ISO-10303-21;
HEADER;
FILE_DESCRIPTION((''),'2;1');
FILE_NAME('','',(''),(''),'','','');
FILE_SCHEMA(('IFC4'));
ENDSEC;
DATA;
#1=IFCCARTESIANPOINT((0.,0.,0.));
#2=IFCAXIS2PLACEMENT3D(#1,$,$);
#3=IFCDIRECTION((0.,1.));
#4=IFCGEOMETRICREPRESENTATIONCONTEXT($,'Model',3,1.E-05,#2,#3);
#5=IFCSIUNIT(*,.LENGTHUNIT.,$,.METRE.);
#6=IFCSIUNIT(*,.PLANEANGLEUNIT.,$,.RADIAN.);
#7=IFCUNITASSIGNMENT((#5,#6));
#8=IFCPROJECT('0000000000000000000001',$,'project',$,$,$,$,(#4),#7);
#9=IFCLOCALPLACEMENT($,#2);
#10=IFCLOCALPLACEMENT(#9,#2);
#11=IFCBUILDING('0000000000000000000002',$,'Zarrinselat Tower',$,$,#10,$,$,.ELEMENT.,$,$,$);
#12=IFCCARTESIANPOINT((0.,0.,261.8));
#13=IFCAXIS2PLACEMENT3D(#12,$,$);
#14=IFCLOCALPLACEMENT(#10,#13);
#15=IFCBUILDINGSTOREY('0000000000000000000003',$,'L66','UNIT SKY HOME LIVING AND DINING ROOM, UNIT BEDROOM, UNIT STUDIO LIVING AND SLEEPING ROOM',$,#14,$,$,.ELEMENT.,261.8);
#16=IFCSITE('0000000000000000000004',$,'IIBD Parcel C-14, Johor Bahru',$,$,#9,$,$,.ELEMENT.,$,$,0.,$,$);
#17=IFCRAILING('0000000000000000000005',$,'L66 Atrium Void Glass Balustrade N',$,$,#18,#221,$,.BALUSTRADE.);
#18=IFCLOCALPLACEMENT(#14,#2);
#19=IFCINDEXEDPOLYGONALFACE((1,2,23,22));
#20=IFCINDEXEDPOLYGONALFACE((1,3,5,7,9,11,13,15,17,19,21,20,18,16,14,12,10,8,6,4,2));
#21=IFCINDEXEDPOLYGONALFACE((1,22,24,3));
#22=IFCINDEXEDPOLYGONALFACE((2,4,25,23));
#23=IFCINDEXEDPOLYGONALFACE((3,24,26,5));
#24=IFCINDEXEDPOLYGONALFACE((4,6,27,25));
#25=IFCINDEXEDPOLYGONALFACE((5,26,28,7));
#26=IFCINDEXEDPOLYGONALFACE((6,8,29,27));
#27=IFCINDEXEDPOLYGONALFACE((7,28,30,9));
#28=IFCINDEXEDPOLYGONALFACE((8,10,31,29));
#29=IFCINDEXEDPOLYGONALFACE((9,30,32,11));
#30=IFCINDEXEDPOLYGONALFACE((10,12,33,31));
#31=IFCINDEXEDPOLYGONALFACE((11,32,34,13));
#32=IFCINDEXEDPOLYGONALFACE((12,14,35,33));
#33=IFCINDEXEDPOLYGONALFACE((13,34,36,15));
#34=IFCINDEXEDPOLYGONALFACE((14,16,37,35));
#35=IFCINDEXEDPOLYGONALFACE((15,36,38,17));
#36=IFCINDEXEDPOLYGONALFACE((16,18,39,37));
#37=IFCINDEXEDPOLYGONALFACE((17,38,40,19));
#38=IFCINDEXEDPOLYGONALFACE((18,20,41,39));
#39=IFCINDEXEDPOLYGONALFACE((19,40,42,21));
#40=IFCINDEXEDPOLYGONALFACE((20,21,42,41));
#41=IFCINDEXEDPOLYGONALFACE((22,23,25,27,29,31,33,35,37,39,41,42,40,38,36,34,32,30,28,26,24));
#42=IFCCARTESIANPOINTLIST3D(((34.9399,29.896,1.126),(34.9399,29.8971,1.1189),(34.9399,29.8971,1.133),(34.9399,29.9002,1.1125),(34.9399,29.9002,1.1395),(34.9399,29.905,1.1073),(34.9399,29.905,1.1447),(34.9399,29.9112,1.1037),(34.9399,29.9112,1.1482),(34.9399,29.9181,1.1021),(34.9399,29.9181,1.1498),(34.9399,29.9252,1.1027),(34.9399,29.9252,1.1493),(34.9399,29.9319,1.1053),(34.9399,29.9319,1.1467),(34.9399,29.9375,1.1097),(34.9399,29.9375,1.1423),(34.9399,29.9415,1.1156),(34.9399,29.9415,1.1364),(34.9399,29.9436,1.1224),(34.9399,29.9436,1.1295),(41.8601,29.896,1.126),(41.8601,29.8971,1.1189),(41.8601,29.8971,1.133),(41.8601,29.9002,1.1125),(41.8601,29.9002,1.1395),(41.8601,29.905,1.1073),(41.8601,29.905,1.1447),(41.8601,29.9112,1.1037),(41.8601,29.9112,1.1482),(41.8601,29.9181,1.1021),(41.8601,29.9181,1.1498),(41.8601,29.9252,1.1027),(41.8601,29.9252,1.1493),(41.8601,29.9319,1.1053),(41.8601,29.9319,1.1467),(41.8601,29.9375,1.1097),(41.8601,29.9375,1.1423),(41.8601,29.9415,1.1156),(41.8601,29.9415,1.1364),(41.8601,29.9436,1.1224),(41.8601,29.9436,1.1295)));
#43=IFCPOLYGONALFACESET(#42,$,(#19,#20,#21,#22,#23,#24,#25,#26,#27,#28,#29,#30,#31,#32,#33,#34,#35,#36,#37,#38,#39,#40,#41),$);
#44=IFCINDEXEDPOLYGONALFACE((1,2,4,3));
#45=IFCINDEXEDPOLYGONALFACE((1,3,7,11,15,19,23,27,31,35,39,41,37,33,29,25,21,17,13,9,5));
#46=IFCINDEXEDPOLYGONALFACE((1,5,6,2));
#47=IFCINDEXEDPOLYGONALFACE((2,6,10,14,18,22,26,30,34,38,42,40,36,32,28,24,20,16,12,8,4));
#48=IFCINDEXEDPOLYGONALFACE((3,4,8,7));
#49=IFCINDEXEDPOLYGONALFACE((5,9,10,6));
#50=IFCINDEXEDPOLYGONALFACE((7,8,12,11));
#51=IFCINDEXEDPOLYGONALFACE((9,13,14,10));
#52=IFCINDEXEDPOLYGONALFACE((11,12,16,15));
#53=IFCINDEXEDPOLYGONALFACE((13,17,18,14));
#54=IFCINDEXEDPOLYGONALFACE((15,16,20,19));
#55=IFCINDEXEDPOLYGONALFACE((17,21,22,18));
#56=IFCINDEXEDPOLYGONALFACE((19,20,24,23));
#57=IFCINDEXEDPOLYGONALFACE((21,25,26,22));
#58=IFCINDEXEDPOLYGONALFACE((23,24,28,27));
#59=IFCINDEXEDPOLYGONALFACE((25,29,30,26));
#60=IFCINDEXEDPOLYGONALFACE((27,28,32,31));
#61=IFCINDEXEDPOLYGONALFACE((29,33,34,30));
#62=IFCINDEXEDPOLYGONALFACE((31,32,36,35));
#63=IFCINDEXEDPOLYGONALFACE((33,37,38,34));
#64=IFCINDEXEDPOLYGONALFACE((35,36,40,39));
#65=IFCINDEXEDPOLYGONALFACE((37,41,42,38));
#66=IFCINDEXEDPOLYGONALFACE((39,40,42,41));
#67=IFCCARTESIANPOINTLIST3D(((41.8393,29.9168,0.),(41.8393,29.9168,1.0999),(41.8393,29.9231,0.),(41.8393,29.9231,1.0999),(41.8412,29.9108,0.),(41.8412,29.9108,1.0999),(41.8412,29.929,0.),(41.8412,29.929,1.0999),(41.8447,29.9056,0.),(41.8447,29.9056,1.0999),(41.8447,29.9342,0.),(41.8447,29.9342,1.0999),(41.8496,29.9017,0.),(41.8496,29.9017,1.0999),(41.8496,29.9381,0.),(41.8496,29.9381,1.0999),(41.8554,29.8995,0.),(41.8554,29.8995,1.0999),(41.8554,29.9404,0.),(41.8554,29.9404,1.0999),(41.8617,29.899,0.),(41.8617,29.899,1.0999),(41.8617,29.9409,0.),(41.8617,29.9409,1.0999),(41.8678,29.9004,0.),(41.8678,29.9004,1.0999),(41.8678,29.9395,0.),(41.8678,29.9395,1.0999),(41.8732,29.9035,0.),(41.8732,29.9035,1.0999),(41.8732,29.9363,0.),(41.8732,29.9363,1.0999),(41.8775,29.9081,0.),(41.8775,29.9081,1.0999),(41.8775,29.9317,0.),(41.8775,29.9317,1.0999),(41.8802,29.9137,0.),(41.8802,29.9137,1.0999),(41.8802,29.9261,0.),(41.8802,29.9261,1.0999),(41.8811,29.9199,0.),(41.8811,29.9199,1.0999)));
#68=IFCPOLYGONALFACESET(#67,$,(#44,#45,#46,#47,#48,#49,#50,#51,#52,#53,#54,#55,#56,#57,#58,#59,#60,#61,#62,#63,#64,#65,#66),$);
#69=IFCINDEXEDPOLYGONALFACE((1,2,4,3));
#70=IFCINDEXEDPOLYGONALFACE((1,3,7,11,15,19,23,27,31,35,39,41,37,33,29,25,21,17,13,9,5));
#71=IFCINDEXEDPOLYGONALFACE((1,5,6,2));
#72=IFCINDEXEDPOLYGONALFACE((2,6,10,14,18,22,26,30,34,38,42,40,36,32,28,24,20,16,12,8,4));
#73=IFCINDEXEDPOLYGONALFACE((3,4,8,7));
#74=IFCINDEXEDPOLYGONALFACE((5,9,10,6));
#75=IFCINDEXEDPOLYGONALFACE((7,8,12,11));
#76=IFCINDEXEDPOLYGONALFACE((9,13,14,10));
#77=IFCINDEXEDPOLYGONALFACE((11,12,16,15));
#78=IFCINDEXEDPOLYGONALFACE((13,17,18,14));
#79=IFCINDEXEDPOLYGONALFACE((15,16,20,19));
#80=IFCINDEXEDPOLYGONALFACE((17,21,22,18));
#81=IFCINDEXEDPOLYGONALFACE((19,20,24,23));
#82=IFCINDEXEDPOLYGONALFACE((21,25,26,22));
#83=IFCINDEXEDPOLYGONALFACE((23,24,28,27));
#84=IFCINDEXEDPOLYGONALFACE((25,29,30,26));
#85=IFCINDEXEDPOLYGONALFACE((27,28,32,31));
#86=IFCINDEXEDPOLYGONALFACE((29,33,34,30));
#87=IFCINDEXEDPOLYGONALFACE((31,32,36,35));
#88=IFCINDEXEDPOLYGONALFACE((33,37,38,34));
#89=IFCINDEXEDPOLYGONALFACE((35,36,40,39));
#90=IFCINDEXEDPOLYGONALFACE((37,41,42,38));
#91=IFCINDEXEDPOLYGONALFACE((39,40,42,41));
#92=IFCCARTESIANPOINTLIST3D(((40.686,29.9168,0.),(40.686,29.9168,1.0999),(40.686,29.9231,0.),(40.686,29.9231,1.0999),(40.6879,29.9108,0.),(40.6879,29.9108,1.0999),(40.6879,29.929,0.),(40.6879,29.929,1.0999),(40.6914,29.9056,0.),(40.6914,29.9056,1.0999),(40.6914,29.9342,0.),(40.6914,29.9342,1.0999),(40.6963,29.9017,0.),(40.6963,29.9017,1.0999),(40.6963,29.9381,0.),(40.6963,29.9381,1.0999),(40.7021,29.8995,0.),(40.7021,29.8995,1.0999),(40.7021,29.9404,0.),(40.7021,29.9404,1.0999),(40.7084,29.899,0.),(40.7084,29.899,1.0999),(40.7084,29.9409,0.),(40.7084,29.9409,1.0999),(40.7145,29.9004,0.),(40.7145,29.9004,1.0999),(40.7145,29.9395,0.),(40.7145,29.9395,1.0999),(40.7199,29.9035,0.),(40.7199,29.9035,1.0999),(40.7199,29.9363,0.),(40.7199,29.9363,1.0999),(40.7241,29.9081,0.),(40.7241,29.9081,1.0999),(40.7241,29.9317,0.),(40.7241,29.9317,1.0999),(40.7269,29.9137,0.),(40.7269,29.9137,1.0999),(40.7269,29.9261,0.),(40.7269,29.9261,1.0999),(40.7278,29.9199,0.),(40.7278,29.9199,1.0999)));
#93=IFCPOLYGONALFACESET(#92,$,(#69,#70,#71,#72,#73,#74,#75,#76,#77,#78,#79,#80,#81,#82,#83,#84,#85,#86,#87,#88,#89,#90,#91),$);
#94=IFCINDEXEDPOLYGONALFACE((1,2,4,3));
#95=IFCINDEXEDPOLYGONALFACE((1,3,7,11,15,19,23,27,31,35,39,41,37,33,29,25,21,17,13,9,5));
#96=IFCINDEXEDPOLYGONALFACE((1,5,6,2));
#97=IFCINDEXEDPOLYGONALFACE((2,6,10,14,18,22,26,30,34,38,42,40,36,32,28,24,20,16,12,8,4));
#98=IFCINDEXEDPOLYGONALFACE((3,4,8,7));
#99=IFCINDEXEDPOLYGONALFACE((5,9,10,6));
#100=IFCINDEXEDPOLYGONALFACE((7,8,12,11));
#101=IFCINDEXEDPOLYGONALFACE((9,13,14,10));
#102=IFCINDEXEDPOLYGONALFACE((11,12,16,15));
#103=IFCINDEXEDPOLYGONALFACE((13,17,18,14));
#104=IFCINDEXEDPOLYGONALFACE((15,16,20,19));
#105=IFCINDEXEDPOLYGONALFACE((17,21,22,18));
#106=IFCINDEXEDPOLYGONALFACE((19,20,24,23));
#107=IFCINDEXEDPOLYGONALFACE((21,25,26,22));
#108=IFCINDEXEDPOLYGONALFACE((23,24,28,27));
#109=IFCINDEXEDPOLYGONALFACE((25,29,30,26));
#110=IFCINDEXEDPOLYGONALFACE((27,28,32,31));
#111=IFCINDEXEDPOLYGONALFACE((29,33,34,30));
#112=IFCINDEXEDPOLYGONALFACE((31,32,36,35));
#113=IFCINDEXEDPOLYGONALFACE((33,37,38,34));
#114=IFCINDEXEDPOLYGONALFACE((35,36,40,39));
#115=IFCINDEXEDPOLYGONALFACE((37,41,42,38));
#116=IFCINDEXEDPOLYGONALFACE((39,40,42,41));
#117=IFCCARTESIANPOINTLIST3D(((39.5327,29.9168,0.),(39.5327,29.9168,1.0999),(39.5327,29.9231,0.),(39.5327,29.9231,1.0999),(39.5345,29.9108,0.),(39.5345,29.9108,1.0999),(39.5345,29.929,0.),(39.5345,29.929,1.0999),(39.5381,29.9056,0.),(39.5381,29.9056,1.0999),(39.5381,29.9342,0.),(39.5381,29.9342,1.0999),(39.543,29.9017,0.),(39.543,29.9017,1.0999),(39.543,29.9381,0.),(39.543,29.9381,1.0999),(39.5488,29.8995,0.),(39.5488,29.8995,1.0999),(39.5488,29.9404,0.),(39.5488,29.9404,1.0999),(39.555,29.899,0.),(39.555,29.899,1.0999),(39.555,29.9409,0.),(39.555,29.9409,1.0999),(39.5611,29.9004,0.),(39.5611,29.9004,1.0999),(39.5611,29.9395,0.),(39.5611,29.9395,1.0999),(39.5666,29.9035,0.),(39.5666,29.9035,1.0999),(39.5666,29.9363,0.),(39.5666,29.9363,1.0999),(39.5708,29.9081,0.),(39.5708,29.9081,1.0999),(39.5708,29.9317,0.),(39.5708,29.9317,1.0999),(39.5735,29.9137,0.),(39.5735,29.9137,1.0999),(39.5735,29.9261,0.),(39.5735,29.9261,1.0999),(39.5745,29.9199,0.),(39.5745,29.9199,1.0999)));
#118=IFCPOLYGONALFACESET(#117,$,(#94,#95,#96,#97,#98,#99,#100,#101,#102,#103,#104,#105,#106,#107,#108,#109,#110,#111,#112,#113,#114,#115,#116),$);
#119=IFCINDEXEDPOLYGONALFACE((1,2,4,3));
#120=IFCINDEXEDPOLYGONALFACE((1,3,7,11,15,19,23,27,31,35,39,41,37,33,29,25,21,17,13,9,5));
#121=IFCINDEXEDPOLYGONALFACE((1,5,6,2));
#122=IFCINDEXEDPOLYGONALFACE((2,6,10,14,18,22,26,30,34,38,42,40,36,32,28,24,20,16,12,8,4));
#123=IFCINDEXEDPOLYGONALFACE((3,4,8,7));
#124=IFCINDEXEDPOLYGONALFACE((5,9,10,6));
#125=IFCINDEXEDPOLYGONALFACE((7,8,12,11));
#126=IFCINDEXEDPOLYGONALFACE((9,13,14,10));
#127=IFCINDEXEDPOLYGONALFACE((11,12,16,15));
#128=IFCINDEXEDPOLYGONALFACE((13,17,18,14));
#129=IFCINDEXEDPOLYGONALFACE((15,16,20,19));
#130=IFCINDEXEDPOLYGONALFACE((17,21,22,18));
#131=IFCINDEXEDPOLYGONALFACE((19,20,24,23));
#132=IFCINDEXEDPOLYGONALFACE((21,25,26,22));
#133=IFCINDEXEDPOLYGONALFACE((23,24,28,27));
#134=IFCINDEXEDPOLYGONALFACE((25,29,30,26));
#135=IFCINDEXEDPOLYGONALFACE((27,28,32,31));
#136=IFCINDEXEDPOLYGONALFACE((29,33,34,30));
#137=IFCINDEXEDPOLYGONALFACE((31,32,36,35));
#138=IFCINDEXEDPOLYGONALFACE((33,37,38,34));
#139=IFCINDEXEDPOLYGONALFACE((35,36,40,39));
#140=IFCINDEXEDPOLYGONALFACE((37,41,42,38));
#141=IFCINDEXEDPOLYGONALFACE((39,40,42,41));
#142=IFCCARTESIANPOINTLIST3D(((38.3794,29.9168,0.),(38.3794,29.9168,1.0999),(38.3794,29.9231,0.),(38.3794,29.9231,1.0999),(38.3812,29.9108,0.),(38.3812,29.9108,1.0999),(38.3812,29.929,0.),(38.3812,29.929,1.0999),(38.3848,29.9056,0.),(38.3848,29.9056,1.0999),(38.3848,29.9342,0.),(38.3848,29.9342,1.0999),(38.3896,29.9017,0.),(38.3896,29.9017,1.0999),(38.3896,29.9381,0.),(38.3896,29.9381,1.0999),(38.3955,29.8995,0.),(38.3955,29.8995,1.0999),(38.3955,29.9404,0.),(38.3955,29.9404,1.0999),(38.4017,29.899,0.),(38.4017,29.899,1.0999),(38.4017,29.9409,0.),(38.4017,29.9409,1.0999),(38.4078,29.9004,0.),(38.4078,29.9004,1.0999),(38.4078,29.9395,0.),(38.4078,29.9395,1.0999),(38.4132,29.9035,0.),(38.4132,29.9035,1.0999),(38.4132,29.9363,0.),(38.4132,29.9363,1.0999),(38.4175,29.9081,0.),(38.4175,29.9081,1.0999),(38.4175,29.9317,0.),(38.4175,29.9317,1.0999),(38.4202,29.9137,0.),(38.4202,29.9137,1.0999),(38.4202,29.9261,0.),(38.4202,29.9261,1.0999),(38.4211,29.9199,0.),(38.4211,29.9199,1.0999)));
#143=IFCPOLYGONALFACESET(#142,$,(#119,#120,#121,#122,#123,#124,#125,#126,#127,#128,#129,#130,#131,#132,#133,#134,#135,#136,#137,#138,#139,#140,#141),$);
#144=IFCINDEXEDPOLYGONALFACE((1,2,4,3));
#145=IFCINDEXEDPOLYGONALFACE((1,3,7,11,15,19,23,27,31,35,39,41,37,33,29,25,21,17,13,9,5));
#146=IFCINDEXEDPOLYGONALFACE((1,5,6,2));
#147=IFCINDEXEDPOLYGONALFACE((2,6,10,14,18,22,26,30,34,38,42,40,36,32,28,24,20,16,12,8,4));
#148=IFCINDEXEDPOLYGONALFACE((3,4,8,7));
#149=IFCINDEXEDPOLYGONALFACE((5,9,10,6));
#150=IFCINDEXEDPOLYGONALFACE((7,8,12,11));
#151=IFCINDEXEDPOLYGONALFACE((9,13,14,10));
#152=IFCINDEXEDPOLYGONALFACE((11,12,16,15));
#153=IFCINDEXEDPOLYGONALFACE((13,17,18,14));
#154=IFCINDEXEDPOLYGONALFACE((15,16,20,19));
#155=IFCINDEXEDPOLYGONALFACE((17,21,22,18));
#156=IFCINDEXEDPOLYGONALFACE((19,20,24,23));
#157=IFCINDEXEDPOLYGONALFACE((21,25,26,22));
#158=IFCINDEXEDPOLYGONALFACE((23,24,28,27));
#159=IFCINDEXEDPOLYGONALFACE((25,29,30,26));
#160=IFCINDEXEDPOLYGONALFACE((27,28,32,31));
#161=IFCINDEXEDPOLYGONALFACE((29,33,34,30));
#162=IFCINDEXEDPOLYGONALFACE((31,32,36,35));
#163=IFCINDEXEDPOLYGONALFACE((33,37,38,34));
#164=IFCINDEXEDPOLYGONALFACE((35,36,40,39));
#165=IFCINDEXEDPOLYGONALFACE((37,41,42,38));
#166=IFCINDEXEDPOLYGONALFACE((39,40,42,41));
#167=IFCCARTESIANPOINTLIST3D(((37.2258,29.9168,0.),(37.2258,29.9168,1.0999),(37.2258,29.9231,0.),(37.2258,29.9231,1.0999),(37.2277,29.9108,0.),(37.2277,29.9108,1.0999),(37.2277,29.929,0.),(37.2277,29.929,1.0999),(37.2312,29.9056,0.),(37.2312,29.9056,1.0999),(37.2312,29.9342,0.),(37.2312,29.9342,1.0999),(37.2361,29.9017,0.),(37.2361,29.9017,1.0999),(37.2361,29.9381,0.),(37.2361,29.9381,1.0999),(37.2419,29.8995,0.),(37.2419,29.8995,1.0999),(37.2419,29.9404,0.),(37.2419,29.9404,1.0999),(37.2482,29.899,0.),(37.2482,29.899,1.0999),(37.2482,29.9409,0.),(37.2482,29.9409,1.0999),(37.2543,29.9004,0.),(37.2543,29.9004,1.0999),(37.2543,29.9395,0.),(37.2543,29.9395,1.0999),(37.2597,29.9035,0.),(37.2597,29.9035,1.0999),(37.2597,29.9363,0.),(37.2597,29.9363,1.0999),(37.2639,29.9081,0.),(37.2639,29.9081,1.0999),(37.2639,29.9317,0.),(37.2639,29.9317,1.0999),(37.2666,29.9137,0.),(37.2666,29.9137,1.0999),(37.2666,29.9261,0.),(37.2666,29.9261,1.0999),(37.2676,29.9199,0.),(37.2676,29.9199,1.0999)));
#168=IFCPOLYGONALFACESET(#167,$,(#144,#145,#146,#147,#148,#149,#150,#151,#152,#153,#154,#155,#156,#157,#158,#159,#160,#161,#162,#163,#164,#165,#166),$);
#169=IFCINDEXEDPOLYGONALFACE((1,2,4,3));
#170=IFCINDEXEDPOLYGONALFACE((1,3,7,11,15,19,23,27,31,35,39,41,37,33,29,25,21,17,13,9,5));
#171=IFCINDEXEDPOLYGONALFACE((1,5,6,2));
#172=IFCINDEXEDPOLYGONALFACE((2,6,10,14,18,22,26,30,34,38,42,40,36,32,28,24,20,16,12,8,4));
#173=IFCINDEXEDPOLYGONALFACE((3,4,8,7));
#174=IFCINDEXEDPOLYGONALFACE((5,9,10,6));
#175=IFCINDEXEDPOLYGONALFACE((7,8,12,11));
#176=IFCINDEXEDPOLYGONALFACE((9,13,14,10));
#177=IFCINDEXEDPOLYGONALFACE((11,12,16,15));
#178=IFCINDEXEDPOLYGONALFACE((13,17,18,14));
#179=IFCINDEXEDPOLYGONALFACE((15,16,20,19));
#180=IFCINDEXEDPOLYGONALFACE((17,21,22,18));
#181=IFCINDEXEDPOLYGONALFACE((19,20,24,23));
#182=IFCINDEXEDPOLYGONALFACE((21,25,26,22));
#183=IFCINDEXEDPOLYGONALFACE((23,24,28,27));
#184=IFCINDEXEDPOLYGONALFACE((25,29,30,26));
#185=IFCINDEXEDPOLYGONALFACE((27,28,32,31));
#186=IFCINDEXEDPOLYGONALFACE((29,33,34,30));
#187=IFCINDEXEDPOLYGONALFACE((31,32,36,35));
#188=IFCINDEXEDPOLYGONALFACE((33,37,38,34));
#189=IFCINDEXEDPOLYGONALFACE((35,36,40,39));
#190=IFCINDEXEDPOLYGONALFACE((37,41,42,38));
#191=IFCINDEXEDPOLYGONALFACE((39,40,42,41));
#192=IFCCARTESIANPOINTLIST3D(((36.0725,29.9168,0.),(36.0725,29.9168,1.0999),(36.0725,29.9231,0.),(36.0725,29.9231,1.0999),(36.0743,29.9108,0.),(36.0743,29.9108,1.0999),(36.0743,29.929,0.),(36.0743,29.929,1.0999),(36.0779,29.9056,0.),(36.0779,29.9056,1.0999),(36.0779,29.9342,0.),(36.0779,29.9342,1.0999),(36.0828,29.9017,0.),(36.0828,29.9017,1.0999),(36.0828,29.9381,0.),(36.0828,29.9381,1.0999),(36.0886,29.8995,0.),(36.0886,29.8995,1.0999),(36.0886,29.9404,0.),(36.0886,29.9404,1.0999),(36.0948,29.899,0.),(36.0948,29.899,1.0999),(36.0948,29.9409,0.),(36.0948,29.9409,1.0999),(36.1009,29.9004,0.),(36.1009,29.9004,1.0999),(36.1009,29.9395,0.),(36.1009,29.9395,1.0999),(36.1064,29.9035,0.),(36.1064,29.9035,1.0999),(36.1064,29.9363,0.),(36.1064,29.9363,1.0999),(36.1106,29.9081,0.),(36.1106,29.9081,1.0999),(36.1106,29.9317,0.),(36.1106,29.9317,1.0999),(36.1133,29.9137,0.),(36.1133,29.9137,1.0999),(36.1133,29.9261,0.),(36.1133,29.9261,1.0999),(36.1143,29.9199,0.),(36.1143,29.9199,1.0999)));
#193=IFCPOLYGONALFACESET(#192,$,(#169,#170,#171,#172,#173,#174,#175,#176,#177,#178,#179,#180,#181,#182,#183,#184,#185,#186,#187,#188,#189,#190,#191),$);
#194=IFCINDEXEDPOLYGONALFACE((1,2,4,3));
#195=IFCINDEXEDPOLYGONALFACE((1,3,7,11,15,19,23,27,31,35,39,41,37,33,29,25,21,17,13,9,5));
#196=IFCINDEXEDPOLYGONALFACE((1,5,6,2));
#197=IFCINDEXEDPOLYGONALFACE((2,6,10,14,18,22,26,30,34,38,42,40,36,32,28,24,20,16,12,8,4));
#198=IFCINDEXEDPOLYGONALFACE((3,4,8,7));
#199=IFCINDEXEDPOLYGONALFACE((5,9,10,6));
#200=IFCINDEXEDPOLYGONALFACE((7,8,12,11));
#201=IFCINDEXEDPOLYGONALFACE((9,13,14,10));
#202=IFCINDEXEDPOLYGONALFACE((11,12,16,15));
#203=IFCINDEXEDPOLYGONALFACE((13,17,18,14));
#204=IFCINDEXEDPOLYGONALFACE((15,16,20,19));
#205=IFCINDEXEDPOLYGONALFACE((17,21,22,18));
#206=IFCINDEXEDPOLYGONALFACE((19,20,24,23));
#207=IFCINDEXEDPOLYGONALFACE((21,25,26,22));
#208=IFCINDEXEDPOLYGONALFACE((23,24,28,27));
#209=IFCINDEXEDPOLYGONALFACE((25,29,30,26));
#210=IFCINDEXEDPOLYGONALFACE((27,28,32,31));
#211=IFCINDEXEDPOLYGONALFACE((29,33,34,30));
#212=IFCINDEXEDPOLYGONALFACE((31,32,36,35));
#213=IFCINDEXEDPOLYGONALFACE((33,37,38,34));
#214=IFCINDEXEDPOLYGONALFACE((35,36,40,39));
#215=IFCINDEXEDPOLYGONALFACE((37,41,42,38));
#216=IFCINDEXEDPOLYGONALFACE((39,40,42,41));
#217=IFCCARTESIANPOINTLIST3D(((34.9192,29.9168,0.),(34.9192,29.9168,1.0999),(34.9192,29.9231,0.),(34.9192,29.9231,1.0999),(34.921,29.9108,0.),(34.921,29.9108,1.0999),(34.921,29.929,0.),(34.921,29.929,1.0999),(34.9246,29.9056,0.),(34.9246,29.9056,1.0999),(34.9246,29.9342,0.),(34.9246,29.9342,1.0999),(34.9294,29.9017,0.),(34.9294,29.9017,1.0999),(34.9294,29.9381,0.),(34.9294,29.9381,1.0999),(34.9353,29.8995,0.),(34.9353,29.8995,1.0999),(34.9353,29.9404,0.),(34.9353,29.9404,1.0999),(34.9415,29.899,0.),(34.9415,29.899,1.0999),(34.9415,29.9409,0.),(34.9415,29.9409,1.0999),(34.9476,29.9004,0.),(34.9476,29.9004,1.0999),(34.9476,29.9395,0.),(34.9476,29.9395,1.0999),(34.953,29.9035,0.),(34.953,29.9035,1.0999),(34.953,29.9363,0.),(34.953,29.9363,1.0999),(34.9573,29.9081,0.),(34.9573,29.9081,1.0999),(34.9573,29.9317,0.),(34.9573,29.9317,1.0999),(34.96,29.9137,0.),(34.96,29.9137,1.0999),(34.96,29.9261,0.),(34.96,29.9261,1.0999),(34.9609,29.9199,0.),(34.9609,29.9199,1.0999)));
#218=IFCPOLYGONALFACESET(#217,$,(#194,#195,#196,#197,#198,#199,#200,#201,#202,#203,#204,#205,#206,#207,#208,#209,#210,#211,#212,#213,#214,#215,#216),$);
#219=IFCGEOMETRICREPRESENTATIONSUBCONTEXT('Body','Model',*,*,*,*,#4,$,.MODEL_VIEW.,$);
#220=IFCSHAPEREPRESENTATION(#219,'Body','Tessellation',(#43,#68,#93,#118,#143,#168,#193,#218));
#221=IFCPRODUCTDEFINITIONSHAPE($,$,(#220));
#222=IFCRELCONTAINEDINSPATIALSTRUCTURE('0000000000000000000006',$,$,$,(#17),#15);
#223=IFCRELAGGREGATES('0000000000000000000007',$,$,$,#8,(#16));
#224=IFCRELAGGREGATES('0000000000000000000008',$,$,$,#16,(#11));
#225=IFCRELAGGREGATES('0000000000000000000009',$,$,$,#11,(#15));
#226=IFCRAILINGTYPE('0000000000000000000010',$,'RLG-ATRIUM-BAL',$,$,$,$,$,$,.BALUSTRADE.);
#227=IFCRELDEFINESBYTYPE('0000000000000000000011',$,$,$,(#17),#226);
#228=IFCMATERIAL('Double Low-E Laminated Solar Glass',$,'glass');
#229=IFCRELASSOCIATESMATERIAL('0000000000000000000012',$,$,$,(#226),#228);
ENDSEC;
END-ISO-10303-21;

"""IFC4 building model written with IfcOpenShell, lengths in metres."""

from ifc_helpers import new_model, si_unit, direction, frame, origin, origin_2d, place, context, subcontext, project, spatial, circle, extrude, material, type_object, element, save


model = new_model("IFC4")

# Units and contexts
model_context = context("Model", 3, precision=1e-05, world=origin(), true_north=direction((0.0, 1.0)))
body_context = subcontext(model_context, "Body", "Model", "MODEL_VIEW")
ifc_project = project(units=[si_unit("LENGTHUNIT", "METRE"), si_unit("PLANEANGLEUNIT", "RADIAN")], contexts=[model_context])

# Site, building, storey
site_placement = place(None, origin())
site = spatial("IfcSite", under=ifc_project, at=site_placement, Name="IIBD Parcel C-14, Johor Bahru", CompositionType="ELEMENT", RefElevation=0.0)
building_placement = place(site_placement, origin())
building = spatial("IfcBuilding", under=site, at=building_placement, Name="Zarrinselat Tower", CompositionType="ELEMENT")
storey_placement = place(building_placement, frame((0.0, 0.0, 261.8)))
storey = spatial("IfcBuildingStorey", under=building, at=storey_placement, Name="L66", Description="UNIT SKY HOME LIVING AND DINING ROOM, UNIT BEDROOM, UNIT STUDIO LIVING AND SLEEPING ROOM", CompositionType="ELEMENT", Elevation=261.8)

# Railing
ifc_material_1 = material(Name="Double Low-E Laminated Solar Glass", Category="glass")
railing_type = type_object("IfcRailingType", Name="RLG-ATRIUM-BAL", PredefinedType="BALUSTRADE", material=ifc_material_1)
railing_1_placement = place(storey_placement, frame((41.8601, 29.9199, 0.0)))
element("IfcRailing", 1, at=railing_1_placement, inside=storey, type_object=railing_type, Name="L66 Atrium Void Glass Balustrade N", PredefinedType="BALUSTRADE", context=body_context, shape_type="SweptSolid", body=[
    extrude(circle(Radius=0.0239, at=origin_2d()), frame((0.0, 0.0, 1.126), z_axis=(-1.0, 0.0, 0.0), x_axis=(0.0, -1.0, 0.0)), (0.0, 0.0, 1.0), 6.9202),
    extrude(circle(Radius=0.021, at=origin_2d()), origin(), (0.0, 0.0, 1.0), 1.0999),
    extrude(circle(Radius=0.021, at=origin_2d()), frame((-1.1533, 0.0, 0.0)), (0.0, 0.0, 1.0), 1.0999),
    extrude(circle(Radius=0.021, at=origin_2d()), frame((-2.3066, 0.0, 0.0)), (0.0, 0.0, 1.0), 1.0999),
    extrude(circle(Radius=0.021, at=origin_2d()), frame((-3.46, 0.0, 0.0)), (0.0, 0.0, 1.0), 1.0999),
    extrude(circle(Radius=0.021, at=origin_2d()), frame((-4.6135, 0.0, 0.0)), (0.0, 0.0, 1.0), 1.0999),
    extrude(circle(Radius=0.021, at=origin_2d()), frame((-5.7668, 0.0, 0.0)), (0.0, 0.0, 1.0), 1.0999),
    extrude(circle(Radius=0.021, at=origin_2d()), frame((-6.9202, 0.0, 0.0)), (0.0, 0.0, 1.0), 1.0999),
])

save(model, "model.ifc")
